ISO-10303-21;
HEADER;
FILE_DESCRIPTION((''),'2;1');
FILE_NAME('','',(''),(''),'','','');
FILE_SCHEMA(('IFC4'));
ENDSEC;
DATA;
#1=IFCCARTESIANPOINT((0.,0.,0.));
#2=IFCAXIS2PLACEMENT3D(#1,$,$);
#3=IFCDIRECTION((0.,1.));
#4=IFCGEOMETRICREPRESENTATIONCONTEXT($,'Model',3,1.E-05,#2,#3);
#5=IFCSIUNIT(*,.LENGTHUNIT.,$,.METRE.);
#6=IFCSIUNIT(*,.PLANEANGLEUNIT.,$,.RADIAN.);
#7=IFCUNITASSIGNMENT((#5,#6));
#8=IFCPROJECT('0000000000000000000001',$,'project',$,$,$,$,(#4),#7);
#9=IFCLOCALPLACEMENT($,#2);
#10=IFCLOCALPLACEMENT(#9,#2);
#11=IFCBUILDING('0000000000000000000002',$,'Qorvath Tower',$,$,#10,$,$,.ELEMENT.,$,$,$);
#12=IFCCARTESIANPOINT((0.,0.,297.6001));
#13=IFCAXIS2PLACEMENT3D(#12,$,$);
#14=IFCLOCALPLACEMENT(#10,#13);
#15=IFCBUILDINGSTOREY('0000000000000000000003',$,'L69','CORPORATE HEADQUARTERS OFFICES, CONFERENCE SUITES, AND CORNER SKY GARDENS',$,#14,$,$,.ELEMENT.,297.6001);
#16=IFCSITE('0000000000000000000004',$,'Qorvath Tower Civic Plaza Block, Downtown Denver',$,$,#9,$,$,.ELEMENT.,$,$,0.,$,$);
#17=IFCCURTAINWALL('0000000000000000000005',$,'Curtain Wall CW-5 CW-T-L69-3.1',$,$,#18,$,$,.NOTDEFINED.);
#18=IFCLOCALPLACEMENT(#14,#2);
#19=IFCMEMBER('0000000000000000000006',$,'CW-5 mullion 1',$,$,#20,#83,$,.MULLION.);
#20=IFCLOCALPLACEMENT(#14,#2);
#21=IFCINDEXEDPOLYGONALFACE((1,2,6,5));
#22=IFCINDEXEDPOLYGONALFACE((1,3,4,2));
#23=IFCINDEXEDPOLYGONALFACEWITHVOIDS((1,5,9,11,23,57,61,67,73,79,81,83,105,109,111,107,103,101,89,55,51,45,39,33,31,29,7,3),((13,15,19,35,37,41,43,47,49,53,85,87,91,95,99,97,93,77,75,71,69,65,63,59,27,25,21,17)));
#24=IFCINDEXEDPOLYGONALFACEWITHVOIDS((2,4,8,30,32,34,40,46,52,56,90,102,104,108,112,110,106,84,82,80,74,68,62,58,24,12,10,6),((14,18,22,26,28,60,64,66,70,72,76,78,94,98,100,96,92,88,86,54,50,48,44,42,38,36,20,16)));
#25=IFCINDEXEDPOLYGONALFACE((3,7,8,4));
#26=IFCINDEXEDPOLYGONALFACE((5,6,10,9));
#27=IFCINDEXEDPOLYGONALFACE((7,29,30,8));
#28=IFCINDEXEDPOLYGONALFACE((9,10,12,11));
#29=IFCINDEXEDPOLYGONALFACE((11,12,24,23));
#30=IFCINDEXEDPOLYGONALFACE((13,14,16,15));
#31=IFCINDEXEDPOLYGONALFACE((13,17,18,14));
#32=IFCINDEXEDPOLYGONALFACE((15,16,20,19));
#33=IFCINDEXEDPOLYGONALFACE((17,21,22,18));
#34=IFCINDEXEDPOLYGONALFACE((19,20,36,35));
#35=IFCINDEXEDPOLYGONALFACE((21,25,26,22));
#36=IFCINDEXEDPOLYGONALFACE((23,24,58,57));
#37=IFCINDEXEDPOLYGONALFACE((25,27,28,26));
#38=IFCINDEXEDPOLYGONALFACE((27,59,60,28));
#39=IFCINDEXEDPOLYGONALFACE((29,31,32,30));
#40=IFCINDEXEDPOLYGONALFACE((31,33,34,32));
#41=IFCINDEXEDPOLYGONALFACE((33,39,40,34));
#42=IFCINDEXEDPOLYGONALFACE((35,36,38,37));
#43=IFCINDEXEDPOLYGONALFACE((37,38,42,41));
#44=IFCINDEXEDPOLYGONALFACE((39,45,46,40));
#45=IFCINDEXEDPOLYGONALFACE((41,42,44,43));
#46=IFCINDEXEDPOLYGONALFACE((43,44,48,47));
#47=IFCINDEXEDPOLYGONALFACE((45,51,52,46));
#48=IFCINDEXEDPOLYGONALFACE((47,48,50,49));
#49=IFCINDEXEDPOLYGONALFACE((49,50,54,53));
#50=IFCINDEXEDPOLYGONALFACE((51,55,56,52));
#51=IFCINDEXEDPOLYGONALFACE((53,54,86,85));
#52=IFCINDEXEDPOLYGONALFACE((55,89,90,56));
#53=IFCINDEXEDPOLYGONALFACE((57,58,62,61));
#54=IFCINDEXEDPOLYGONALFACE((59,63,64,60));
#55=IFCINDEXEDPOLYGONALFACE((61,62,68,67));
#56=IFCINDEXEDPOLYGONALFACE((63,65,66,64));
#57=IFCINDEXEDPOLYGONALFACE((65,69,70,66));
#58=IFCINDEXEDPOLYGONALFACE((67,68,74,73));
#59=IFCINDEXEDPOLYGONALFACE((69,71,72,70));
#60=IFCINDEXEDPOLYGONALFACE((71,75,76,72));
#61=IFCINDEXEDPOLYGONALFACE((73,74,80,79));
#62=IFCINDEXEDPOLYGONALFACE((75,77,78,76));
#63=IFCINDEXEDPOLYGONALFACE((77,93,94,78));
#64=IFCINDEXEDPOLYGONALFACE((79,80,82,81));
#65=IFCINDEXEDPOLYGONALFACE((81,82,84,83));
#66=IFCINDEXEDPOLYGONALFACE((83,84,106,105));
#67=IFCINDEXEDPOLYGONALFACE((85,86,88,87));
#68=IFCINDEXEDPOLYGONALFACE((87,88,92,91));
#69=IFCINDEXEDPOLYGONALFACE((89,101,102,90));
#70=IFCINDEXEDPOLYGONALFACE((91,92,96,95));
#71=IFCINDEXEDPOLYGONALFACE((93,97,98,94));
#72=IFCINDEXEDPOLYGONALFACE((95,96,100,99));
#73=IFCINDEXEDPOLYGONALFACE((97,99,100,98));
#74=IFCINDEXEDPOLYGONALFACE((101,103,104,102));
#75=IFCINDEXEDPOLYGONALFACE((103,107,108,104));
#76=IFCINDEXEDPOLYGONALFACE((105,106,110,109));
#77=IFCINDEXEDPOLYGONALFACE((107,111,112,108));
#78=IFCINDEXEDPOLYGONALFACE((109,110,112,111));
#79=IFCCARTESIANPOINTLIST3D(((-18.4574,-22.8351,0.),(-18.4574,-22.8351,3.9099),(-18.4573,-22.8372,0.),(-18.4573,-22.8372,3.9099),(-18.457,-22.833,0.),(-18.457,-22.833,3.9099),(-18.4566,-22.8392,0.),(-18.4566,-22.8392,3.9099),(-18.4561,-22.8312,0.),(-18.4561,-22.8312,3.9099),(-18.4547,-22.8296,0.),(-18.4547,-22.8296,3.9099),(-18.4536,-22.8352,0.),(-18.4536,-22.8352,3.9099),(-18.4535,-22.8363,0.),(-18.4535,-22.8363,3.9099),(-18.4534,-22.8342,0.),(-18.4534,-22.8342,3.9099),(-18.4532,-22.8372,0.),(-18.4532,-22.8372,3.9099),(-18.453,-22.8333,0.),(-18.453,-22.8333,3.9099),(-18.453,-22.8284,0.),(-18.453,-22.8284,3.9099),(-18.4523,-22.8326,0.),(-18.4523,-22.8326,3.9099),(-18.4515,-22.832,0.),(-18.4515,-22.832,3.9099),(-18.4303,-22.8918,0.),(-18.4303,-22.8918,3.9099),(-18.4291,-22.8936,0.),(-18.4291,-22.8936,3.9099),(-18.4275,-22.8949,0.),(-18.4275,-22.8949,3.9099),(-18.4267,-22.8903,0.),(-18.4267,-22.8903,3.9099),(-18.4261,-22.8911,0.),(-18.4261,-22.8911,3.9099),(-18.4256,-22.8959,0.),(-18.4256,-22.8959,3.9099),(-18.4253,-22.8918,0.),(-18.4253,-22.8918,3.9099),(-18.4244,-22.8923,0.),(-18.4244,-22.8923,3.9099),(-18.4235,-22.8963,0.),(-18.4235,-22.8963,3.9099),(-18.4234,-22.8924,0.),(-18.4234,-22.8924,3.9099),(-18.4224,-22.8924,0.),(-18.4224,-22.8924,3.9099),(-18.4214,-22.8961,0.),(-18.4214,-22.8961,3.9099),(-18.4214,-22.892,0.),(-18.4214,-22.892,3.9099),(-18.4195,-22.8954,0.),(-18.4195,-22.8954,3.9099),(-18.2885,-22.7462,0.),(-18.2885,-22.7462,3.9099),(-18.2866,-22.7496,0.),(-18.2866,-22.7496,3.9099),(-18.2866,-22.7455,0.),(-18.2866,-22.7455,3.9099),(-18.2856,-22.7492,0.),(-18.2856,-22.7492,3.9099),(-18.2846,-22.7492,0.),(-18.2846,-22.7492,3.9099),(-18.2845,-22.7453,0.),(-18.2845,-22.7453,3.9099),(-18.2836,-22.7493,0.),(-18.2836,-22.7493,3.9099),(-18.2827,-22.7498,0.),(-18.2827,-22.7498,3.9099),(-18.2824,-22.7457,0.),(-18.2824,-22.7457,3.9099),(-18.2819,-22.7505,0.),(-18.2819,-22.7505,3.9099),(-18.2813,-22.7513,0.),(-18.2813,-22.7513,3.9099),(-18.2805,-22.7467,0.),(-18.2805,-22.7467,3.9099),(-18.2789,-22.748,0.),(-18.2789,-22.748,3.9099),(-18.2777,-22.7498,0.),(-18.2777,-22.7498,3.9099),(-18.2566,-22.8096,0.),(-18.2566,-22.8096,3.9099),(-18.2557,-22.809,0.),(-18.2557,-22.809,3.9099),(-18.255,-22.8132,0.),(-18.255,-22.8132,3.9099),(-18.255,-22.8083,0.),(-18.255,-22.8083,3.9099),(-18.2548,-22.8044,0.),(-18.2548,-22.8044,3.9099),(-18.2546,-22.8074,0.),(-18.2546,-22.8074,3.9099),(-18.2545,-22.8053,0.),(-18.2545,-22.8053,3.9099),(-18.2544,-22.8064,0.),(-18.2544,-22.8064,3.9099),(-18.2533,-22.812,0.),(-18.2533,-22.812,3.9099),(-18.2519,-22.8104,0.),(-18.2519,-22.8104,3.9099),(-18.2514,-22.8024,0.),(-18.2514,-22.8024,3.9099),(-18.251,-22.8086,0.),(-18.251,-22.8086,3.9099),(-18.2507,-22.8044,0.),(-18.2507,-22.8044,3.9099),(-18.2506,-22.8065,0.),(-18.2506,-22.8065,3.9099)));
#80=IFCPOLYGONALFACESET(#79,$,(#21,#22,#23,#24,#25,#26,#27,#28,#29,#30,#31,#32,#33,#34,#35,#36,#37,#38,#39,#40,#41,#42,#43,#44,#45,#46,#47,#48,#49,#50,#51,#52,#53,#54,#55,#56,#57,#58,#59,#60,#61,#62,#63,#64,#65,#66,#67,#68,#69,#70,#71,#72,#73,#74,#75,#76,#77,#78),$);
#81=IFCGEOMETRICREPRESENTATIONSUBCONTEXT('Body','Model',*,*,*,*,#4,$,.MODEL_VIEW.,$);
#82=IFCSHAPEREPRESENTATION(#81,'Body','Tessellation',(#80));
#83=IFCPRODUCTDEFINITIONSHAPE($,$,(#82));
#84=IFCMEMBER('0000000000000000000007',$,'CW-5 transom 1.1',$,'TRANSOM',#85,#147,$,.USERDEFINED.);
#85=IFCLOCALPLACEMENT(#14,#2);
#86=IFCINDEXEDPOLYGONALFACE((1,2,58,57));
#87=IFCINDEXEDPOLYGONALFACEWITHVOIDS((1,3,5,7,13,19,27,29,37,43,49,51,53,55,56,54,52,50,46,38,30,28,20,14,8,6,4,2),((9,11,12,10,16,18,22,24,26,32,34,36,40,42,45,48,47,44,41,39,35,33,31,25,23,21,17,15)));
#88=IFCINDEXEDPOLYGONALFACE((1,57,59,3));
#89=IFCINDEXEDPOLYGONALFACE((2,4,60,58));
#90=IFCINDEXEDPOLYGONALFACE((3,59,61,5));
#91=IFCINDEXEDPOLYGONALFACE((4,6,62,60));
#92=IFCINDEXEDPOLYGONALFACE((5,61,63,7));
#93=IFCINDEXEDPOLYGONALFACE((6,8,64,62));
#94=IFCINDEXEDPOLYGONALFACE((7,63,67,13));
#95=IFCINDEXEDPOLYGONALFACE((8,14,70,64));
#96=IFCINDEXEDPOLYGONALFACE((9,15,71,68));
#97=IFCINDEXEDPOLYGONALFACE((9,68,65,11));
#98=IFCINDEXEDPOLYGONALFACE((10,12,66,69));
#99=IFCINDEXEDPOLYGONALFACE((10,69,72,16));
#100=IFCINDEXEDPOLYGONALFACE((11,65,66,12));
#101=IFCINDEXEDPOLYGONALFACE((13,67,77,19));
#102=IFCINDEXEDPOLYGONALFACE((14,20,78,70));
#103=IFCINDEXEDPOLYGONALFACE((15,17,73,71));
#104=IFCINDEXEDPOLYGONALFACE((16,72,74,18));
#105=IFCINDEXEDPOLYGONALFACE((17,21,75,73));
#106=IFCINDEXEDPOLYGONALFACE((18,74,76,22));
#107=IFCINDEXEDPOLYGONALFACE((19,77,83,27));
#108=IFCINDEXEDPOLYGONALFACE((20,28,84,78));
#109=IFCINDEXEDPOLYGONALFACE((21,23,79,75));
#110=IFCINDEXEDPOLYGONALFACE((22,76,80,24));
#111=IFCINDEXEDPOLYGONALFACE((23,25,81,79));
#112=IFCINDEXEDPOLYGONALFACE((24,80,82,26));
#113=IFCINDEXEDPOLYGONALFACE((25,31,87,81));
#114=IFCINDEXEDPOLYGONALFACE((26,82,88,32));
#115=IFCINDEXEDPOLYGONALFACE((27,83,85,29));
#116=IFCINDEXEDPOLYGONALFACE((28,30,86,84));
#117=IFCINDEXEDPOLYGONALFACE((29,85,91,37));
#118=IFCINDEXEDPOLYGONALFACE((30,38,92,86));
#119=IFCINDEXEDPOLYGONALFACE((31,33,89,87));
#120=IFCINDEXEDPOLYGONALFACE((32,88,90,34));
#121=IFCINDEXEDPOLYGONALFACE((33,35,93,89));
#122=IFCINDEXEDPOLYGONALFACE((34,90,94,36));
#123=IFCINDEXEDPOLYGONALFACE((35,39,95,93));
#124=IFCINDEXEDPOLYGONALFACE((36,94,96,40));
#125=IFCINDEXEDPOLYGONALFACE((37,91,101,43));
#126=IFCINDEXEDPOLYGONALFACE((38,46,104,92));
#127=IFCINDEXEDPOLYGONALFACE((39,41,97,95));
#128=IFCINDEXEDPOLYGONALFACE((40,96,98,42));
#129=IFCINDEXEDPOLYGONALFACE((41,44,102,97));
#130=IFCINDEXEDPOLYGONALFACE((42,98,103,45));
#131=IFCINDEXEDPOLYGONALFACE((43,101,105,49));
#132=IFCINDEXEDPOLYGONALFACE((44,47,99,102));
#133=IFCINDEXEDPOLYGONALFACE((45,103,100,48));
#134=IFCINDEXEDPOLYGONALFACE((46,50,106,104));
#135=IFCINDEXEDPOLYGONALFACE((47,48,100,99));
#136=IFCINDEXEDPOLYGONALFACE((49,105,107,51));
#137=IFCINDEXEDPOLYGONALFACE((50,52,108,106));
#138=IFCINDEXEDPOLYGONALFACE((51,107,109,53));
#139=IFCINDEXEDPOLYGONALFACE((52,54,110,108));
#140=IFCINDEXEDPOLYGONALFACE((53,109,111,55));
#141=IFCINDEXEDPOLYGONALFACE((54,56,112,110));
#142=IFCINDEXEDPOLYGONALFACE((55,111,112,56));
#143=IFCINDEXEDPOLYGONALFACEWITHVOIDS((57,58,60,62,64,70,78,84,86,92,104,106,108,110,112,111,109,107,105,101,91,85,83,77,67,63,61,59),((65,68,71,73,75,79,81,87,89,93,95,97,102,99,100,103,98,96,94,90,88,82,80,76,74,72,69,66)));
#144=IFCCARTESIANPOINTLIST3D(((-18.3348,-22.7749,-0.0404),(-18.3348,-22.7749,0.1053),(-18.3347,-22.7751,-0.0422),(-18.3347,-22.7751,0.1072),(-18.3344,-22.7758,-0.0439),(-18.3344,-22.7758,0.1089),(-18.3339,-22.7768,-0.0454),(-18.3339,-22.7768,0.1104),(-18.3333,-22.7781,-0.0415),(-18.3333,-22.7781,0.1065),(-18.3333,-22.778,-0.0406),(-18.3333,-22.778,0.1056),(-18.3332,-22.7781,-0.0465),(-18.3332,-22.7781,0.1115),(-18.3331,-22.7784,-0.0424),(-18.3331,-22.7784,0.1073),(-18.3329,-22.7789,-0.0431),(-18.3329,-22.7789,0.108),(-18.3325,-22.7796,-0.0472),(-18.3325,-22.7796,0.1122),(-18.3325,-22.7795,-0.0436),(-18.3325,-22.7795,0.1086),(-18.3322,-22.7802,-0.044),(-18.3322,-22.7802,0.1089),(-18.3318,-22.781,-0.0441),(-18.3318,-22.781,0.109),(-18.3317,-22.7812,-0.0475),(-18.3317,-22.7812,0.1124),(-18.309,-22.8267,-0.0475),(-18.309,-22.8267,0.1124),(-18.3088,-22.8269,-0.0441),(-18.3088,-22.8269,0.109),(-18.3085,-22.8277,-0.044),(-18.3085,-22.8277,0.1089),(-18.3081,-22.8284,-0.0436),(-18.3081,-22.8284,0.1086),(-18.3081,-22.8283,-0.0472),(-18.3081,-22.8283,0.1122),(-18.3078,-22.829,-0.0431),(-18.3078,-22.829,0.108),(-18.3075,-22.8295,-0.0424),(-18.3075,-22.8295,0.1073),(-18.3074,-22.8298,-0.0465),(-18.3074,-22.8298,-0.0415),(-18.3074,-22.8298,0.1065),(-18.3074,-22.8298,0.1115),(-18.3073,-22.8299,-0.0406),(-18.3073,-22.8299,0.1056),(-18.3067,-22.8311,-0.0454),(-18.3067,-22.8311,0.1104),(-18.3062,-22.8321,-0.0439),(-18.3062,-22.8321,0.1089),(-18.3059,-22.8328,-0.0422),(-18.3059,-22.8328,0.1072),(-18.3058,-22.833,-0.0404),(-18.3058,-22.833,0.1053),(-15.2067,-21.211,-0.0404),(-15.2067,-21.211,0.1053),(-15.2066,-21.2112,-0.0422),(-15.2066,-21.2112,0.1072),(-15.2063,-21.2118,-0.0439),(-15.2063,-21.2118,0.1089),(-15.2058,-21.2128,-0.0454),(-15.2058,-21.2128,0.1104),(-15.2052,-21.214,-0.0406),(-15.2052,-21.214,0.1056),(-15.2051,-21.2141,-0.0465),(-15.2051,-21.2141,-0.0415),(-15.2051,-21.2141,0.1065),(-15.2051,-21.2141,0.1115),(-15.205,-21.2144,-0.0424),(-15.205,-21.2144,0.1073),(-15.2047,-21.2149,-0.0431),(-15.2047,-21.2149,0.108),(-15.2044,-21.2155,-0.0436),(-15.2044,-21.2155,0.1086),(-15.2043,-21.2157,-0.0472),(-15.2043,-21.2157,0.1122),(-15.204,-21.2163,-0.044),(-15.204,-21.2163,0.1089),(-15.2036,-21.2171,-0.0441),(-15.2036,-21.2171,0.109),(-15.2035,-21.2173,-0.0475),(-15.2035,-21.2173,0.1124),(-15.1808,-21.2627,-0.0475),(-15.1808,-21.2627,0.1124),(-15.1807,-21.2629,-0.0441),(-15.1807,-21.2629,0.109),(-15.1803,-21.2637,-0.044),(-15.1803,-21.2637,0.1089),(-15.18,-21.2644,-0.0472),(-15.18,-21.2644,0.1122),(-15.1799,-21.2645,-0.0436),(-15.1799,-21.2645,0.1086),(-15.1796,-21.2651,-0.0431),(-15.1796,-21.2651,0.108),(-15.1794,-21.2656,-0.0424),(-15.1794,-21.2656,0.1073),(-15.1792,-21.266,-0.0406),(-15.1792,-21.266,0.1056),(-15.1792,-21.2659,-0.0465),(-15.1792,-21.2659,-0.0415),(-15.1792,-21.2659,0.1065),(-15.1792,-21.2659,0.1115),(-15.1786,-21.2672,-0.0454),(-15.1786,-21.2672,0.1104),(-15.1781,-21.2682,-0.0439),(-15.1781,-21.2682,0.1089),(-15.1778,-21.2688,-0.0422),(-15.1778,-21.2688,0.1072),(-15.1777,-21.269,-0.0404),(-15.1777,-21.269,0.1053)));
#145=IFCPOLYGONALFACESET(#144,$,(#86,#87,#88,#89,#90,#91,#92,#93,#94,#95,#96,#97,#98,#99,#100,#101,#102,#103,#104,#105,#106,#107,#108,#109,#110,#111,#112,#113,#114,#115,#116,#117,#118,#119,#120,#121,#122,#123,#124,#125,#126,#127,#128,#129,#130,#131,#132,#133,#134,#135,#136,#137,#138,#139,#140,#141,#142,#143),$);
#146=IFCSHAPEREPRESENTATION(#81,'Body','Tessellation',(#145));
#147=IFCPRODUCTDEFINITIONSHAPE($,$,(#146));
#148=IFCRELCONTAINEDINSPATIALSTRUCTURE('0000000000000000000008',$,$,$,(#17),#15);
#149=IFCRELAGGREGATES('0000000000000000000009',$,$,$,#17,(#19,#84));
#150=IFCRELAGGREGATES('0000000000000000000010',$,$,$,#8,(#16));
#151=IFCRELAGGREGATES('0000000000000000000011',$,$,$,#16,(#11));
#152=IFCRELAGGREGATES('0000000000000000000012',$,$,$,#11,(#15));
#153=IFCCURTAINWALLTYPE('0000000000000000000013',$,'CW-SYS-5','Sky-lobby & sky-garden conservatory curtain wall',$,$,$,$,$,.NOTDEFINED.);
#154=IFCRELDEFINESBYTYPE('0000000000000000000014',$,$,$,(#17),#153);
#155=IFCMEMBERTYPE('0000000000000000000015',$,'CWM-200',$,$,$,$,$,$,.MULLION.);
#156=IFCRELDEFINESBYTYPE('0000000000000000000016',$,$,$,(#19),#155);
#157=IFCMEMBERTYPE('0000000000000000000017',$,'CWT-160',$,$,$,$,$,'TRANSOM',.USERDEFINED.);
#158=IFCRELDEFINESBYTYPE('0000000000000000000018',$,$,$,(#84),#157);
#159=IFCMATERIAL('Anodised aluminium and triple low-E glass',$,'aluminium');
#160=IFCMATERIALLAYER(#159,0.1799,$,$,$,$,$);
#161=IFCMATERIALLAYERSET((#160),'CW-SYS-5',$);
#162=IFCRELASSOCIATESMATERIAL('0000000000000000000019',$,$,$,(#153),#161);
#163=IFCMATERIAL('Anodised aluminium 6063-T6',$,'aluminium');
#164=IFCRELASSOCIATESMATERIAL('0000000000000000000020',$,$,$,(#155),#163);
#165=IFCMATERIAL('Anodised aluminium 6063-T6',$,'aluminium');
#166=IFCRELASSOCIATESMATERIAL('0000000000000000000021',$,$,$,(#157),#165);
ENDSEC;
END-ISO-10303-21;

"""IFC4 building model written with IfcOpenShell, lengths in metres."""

from ifc_helpers import new_model, si_unit, direction, frame, origin, origin_2d, place, context, subcontext, project, spatial, hollow_rectangle, extrude, material, layer, layer_set, material_profile, profile_set, type_object, element, aggregate, save


model = new_model("IFC4")

# Units and contexts
model_context = context("Model", 3, precision=1e-05, world=origin(), true_north=direction((0.0, 1.0)))
body_context = subcontext(model_context, "Body", "Model", "MODEL_VIEW")
ifc_project = project(units=[si_unit("LENGTHUNIT", "METRE"), si_unit("PLANEANGLEUNIT", "RADIAN")], contexts=[model_context])

# Site, building, storey
site_placement = place(None, origin())
site = spatial("IfcSite", under=ifc_project, at=site_placement, Name="Qorvath Tower Civic Plaza Block, Downtown Denver", CompositionType="ELEMENT", RefElevation=0.0)
building_placement = place(site_placement, origin())
building = spatial("IfcBuilding", under=site, at=building_placement, Name="Qorvath Tower", CompositionType="ELEMENT")
storey_placement = place(building_placement, frame((0.0, 0.0, 297.6001)))
storey = spatial("IfcBuildingStorey", under=building, at=storey_placement, Name="L69", Description="CORPORATE HEADQUARTERS OFFICES, CONFERENCE SUITES, AND CORNER SKY GARDENS", CompositionType="ELEMENT", Elevation=297.6001)

# Shared definitions
ifc_material_1 = material(Name="Anodised aluminium and triple low-E glass", Category="aluminium")
ifc_layer_1 = layer(ifc_material_1, 0.1799)
ifc_layer_set_1 = layer_set([ifc_layer_1], Name="CW-SYS-5")
curtain_wall_type = type_object("IfcCurtainWallType", Name="CW-SYS-5", Description="Sky-lobby & sky-garden conservatory curtain wall", PredefinedType="NOTDEFINED", material=ifc_layer_set_1)
ifc_material_2 = material(Name="Anodised aluminium 6063-T6", Category="aluminium")
ifc_material_profile_1 = material_profile(ifc_material_2, hollow_rectangle(XDim=0.075, YDim=0.2, WallThickness=0.0039, InnerFilletRadius=0.0039, OuterFilletRadius=0.0081, at=origin_2d()), Name="CWM 200x75")
ifc_profile_set_1 = profile_set([ifc_material_profile_1], Name="Anodised aluminium 6063-T6")
member_type_1 = type_object("IfcMemberType", Name="CWM-200", PredefinedType="MULLION", material=ifc_profile_set_1)

# Curtain wall, members
curtain_wall_1_placement = place(storey_placement, origin())
curtain_wall_1 = element("IfcCurtainWall", 1, at=curtain_wall_1_placement, inside=storey, type_object=curtain_wall_type, Name="Curtain Wall CW-5 CW-T-L69-3.1", PredefinedType="NOTDEFINED")
member_1_placement = place(storey_placement, frame((-18.354, -22.8208, 0.0), z_axis=(0.0, 0.0, 1.0), x_axis=(-0.447181, 0.894444, 0.0)))
member_1 = element("IfcMember", 2, at=member_1_placement, type_object=member_type_1, Name="CW-5 mullion 1", PredefinedType="MULLION", context=body_context, shape_type="SweptSolid", body=[
    extrude(hollow_rectangle(XDim=0.075, YDim=0.2, WallThickness=0.0039, InnerFilletRadius=0.0039, OuterFilletRadius=0.0081, at=origin_2d()), origin(), (0.0, 0.0, 1.0), 3.9099),
])
ifc_material_3 = material(Name="Anodised aluminium 6063-T6", Category="aluminium")
ifc_material_profile_2 = material_profile(ifc_material_3, hollow_rectangle(XDim=0.0649, YDim=0.1599, WallThickness=0.0034, InnerFilletRadius=0.0034, OuterFilletRadius=0.0071, at=origin_2d()), Name="CWT 160x65")
ifc_profile_set_2 = profile_set([ifc_material_profile_2], Name="Anodised aluminium 6063-T6")
member_type_2 = type_object("IfcMemberType", Name="CWT-160", ElementType="TRANSOM", PredefinedType="USERDEFINED", material=ifc_profile_set_2)
member_2_placement = place(storey_placement, frame((-18.3203, -22.804, 0.0325), z_axis=(0.894441, 0.447186, 0.0), x_axis=(-0.447186, 0.894441, 0.0)))
member_2 = element("IfcMember", 3, at=member_2_placement, type_object=member_type_2, Name="CW-5 transom 1.1", ObjectType="TRANSOM", PredefinedType="USERDEFINED", context=body_context, shape_type="SweptSolid", body=[
    extrude(hollow_rectangle(XDim=0.0649, YDim=0.1599, WallThickness=0.0034, InnerFilletRadius=0.0034, OuterFilletRadius=0.0071, at=origin_2d()), origin(), (0.0, 0.0, 1.0), 3.4973),
])

aggregate(curtain_wall_1, [member_1, member_2])

save(model, "model.ifc")
